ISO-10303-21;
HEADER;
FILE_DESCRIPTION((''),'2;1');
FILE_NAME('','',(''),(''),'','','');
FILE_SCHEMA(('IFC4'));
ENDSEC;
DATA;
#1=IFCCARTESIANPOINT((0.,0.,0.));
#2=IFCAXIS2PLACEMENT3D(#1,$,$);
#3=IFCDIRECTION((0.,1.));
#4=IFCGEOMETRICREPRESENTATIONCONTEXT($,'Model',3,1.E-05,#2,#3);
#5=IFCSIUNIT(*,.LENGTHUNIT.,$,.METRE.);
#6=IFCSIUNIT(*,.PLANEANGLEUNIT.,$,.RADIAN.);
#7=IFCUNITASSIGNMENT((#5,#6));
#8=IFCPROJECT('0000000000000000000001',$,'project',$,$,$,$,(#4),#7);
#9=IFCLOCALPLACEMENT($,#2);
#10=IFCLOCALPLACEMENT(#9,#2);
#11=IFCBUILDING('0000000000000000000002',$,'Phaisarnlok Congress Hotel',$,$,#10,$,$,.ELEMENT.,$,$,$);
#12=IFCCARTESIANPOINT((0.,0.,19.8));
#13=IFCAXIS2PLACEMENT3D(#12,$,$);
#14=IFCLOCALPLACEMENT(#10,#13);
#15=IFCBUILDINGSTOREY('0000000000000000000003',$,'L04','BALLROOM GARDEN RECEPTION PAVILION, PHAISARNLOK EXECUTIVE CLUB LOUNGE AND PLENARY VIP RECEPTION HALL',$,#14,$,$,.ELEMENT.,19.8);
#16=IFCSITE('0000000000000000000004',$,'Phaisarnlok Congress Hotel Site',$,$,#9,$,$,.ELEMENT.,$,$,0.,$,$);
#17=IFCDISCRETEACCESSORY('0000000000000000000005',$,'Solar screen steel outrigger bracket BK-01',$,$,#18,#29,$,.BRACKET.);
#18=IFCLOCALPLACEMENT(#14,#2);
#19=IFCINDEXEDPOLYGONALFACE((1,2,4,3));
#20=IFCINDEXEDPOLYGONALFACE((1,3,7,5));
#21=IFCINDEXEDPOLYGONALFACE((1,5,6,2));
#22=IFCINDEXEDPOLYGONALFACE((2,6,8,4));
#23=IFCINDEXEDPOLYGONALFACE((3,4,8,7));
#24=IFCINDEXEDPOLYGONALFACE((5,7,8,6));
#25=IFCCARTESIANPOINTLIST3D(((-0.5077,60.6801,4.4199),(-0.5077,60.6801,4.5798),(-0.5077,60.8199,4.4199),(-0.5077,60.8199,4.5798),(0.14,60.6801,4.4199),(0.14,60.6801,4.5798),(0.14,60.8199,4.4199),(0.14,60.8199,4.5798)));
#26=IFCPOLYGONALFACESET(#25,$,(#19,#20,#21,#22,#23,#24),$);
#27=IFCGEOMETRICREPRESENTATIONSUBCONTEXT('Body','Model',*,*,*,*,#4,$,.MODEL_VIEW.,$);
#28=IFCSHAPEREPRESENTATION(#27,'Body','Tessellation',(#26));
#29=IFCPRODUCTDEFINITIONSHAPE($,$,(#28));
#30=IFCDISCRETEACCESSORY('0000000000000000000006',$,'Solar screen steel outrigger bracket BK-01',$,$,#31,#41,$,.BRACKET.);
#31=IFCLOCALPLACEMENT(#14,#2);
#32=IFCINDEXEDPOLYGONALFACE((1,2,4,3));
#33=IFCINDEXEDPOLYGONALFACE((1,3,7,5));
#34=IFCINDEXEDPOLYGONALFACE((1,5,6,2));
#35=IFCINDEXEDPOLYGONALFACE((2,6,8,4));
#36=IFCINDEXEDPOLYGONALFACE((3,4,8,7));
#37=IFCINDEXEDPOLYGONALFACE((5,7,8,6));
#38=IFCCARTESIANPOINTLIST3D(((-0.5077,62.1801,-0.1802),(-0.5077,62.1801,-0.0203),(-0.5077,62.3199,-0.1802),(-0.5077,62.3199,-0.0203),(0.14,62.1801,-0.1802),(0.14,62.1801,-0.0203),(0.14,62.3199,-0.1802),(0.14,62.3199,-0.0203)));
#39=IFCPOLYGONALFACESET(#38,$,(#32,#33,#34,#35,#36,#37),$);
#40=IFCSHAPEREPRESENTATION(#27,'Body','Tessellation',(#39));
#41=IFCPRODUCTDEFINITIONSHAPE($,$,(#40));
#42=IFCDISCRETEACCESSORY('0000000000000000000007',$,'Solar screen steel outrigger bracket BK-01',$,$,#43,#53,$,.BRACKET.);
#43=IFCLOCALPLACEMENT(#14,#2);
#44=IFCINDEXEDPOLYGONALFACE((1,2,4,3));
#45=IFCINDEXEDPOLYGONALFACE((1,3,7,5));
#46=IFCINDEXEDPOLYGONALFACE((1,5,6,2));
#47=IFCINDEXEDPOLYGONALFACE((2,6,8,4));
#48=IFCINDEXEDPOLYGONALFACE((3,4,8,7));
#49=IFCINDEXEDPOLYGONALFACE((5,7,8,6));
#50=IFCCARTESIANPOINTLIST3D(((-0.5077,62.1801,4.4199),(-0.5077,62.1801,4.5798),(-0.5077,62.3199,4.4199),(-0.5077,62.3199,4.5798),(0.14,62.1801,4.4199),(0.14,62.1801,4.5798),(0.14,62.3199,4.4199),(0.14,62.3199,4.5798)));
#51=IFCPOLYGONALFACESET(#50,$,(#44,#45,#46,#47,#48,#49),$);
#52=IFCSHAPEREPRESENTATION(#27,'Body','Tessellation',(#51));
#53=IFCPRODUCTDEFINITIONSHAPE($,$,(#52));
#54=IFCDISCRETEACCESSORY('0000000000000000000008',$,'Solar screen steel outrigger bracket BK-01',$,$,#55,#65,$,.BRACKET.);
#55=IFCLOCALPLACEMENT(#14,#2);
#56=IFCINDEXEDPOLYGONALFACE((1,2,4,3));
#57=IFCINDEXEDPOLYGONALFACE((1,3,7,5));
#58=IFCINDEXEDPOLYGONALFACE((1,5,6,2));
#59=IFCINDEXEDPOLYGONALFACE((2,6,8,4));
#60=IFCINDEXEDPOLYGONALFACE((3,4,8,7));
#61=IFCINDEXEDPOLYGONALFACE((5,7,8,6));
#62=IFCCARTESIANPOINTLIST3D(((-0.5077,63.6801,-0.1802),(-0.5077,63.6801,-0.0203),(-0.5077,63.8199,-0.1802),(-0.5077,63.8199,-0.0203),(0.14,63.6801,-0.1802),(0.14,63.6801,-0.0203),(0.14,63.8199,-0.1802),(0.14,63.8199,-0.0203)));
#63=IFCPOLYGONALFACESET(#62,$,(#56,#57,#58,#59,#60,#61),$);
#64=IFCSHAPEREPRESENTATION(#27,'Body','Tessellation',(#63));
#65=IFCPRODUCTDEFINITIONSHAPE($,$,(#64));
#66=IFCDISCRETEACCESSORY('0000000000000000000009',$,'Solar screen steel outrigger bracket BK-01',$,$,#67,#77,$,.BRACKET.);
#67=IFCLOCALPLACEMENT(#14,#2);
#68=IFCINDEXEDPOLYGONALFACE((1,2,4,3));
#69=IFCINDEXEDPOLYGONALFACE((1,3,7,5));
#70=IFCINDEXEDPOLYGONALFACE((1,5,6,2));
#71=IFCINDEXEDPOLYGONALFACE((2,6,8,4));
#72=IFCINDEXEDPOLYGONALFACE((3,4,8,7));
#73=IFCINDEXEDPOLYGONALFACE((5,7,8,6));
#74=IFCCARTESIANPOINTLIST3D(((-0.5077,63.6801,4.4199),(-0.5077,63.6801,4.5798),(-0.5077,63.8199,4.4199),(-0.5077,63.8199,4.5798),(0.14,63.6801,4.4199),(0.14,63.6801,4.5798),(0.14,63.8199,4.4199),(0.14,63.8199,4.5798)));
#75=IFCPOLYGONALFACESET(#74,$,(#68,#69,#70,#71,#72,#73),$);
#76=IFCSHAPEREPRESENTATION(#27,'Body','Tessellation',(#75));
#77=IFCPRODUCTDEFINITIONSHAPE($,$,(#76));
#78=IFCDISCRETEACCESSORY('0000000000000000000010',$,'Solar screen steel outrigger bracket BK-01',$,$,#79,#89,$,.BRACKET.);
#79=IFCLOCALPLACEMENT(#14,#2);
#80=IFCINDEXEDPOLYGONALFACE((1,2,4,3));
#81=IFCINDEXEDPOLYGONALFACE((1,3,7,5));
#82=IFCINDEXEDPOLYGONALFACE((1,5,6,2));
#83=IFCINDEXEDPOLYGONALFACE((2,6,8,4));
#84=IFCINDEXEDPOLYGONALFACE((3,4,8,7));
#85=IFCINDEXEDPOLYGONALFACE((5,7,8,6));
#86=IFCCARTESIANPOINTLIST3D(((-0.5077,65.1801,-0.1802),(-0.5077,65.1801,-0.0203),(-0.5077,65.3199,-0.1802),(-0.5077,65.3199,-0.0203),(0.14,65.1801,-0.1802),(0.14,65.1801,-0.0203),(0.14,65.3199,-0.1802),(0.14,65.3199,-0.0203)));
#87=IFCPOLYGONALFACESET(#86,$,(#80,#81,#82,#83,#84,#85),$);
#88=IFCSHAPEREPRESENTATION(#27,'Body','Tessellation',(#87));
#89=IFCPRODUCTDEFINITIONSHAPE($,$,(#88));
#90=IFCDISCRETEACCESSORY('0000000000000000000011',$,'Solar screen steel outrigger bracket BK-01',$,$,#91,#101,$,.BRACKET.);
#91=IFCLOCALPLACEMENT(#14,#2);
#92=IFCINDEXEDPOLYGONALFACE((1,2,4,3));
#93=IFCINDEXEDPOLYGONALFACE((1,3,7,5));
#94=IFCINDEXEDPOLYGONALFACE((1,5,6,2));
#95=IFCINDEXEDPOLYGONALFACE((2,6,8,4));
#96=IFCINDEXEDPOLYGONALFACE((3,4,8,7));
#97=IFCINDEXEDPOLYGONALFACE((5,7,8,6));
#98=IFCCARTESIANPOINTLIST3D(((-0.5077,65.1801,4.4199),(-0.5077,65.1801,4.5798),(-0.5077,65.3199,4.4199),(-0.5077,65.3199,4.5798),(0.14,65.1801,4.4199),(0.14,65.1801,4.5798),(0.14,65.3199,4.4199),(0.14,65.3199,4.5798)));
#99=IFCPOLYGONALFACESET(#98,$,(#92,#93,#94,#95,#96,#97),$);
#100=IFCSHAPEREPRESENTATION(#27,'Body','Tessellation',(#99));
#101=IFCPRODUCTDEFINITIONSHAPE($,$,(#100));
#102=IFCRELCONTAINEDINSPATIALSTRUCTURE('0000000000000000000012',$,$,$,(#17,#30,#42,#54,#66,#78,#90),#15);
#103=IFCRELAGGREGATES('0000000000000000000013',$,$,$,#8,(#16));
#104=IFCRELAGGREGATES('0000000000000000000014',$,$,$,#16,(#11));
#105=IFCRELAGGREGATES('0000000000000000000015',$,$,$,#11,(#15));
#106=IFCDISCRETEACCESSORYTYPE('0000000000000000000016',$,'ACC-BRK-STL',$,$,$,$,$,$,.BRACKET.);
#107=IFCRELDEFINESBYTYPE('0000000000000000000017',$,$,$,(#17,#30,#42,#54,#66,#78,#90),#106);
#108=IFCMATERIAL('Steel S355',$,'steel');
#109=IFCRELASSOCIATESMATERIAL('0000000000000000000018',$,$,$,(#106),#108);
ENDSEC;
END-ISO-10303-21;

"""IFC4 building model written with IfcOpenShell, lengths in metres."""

from ifc_helpers import new_model, si_unit, direction, frame, origin, origin_2d, place, context, subcontext, project, spatial, rectangle, extrude, material, type_object, element, save


model = new_model("IFC4")

# Units and contexts
model_context = context("Model", 3, precision=1e-05, world=origin(), true_north=direction((0.0, 1.0)))
body_context = subcontext(model_context, "Body", "Model", "MODEL_VIEW")
ifc_project = project(units=[si_unit("LENGTHUNIT", "METRE"), si_unit("PLANEANGLEUNIT", "RADIAN")], contexts=[model_context])

# Site, building, storey
site_placement = place(None, origin())
site = spatial("IfcSite", under=ifc_project, at=site_placement, Name="Phaisarnlok Congress Hotel Site", CompositionType="ELEMENT", RefElevation=0.0)
building_placement = place(site_placement, origin())
building = spatial("IfcBuilding", under=site, at=building_placement, Name="Phaisarnlok Congress Hotel", CompositionType="ELEMENT")
storey_placement = place(building_placement, frame((0.0, 0.0, 19.8)))
storey = spatial("IfcBuildingStorey", under=building, at=storey_placement, Name="L04", Description="BALLROOM GARDEN RECEPTION PAVILION, PHAISARNLOK EXECUTIVE CLUB LOUNGE AND PLENARY VIP RECEPTION HALL", CompositionType="ELEMENT", Elevation=19.8)

# Shared definitions
ifc_material_1 = material(Name="Steel S355", Category="steel")

# Discrete accessories
discrete_accessory_type = type_object("IfcDiscreteAccessoryType", Name="ACC-BRK-STL", PredefinedType="BRACKET", material=ifc_material_1)
for number, where, z_axis, x_axis, name in (
    (1, (-0.1838, 60.75, 4.4199), (0.0, 0.0, 1.0), (1.0, 0.0, 0.0), "Solar screen steel outrigger bracket BK-01"),
    (2, (-0.1838, 62.25, -0.1802), (0.0, 0.0, 1.0), (1.0, 0.0, 0.0), "Solar screen steel outrigger bracket BK-01"),
    (3, (-0.1838, 62.25, 4.4199), (0.0, 0.0, 1.0), (1.0, 0.0, 0.0), "Solar screen steel outrigger bracket BK-01"),
    (4, (-0.1838, 63.75, -0.1802), (0.0, 0.0, 1.0), (1.0, 0.0, 0.0), "Solar screen steel outrigger bracket BK-01"),
    (5, (-0.1838, 63.75, 4.4199), (0.0, 0.0, 1.0), (1.0, 0.0, 0.0), "Solar screen steel outrigger bracket BK-01"),
    (6, (-0.1838, 65.25, -0.1802), (0.0, 0.0, 1.0), (1.0, 0.0, 0.0), "Solar screen steel outrigger bracket BK-01"),
    (7, (-0.1838, 65.25, 4.4199), (0.0, 0.0, 1.0), (1.0, 0.0, 0.0), "Solar screen steel outrigger bracket BK-01"),
):
    element("IfcDiscreteAccessory", number, at=place(storey_placement, frame(where, z_axis=z_axis, x_axis=x_axis)), inside=storey, type_object=discrete_accessory_type, Name=name, PredefinedType="BRACKET", context=body_context, shape_type="SweptSolid", body=[
        extrude(rectangle(XDim=0.6477, YDim=0.1399, at=origin_2d()), origin(), (0.0, 0.0, 1.0), 0.1599),
    ])

save(model, "model.ifc")
